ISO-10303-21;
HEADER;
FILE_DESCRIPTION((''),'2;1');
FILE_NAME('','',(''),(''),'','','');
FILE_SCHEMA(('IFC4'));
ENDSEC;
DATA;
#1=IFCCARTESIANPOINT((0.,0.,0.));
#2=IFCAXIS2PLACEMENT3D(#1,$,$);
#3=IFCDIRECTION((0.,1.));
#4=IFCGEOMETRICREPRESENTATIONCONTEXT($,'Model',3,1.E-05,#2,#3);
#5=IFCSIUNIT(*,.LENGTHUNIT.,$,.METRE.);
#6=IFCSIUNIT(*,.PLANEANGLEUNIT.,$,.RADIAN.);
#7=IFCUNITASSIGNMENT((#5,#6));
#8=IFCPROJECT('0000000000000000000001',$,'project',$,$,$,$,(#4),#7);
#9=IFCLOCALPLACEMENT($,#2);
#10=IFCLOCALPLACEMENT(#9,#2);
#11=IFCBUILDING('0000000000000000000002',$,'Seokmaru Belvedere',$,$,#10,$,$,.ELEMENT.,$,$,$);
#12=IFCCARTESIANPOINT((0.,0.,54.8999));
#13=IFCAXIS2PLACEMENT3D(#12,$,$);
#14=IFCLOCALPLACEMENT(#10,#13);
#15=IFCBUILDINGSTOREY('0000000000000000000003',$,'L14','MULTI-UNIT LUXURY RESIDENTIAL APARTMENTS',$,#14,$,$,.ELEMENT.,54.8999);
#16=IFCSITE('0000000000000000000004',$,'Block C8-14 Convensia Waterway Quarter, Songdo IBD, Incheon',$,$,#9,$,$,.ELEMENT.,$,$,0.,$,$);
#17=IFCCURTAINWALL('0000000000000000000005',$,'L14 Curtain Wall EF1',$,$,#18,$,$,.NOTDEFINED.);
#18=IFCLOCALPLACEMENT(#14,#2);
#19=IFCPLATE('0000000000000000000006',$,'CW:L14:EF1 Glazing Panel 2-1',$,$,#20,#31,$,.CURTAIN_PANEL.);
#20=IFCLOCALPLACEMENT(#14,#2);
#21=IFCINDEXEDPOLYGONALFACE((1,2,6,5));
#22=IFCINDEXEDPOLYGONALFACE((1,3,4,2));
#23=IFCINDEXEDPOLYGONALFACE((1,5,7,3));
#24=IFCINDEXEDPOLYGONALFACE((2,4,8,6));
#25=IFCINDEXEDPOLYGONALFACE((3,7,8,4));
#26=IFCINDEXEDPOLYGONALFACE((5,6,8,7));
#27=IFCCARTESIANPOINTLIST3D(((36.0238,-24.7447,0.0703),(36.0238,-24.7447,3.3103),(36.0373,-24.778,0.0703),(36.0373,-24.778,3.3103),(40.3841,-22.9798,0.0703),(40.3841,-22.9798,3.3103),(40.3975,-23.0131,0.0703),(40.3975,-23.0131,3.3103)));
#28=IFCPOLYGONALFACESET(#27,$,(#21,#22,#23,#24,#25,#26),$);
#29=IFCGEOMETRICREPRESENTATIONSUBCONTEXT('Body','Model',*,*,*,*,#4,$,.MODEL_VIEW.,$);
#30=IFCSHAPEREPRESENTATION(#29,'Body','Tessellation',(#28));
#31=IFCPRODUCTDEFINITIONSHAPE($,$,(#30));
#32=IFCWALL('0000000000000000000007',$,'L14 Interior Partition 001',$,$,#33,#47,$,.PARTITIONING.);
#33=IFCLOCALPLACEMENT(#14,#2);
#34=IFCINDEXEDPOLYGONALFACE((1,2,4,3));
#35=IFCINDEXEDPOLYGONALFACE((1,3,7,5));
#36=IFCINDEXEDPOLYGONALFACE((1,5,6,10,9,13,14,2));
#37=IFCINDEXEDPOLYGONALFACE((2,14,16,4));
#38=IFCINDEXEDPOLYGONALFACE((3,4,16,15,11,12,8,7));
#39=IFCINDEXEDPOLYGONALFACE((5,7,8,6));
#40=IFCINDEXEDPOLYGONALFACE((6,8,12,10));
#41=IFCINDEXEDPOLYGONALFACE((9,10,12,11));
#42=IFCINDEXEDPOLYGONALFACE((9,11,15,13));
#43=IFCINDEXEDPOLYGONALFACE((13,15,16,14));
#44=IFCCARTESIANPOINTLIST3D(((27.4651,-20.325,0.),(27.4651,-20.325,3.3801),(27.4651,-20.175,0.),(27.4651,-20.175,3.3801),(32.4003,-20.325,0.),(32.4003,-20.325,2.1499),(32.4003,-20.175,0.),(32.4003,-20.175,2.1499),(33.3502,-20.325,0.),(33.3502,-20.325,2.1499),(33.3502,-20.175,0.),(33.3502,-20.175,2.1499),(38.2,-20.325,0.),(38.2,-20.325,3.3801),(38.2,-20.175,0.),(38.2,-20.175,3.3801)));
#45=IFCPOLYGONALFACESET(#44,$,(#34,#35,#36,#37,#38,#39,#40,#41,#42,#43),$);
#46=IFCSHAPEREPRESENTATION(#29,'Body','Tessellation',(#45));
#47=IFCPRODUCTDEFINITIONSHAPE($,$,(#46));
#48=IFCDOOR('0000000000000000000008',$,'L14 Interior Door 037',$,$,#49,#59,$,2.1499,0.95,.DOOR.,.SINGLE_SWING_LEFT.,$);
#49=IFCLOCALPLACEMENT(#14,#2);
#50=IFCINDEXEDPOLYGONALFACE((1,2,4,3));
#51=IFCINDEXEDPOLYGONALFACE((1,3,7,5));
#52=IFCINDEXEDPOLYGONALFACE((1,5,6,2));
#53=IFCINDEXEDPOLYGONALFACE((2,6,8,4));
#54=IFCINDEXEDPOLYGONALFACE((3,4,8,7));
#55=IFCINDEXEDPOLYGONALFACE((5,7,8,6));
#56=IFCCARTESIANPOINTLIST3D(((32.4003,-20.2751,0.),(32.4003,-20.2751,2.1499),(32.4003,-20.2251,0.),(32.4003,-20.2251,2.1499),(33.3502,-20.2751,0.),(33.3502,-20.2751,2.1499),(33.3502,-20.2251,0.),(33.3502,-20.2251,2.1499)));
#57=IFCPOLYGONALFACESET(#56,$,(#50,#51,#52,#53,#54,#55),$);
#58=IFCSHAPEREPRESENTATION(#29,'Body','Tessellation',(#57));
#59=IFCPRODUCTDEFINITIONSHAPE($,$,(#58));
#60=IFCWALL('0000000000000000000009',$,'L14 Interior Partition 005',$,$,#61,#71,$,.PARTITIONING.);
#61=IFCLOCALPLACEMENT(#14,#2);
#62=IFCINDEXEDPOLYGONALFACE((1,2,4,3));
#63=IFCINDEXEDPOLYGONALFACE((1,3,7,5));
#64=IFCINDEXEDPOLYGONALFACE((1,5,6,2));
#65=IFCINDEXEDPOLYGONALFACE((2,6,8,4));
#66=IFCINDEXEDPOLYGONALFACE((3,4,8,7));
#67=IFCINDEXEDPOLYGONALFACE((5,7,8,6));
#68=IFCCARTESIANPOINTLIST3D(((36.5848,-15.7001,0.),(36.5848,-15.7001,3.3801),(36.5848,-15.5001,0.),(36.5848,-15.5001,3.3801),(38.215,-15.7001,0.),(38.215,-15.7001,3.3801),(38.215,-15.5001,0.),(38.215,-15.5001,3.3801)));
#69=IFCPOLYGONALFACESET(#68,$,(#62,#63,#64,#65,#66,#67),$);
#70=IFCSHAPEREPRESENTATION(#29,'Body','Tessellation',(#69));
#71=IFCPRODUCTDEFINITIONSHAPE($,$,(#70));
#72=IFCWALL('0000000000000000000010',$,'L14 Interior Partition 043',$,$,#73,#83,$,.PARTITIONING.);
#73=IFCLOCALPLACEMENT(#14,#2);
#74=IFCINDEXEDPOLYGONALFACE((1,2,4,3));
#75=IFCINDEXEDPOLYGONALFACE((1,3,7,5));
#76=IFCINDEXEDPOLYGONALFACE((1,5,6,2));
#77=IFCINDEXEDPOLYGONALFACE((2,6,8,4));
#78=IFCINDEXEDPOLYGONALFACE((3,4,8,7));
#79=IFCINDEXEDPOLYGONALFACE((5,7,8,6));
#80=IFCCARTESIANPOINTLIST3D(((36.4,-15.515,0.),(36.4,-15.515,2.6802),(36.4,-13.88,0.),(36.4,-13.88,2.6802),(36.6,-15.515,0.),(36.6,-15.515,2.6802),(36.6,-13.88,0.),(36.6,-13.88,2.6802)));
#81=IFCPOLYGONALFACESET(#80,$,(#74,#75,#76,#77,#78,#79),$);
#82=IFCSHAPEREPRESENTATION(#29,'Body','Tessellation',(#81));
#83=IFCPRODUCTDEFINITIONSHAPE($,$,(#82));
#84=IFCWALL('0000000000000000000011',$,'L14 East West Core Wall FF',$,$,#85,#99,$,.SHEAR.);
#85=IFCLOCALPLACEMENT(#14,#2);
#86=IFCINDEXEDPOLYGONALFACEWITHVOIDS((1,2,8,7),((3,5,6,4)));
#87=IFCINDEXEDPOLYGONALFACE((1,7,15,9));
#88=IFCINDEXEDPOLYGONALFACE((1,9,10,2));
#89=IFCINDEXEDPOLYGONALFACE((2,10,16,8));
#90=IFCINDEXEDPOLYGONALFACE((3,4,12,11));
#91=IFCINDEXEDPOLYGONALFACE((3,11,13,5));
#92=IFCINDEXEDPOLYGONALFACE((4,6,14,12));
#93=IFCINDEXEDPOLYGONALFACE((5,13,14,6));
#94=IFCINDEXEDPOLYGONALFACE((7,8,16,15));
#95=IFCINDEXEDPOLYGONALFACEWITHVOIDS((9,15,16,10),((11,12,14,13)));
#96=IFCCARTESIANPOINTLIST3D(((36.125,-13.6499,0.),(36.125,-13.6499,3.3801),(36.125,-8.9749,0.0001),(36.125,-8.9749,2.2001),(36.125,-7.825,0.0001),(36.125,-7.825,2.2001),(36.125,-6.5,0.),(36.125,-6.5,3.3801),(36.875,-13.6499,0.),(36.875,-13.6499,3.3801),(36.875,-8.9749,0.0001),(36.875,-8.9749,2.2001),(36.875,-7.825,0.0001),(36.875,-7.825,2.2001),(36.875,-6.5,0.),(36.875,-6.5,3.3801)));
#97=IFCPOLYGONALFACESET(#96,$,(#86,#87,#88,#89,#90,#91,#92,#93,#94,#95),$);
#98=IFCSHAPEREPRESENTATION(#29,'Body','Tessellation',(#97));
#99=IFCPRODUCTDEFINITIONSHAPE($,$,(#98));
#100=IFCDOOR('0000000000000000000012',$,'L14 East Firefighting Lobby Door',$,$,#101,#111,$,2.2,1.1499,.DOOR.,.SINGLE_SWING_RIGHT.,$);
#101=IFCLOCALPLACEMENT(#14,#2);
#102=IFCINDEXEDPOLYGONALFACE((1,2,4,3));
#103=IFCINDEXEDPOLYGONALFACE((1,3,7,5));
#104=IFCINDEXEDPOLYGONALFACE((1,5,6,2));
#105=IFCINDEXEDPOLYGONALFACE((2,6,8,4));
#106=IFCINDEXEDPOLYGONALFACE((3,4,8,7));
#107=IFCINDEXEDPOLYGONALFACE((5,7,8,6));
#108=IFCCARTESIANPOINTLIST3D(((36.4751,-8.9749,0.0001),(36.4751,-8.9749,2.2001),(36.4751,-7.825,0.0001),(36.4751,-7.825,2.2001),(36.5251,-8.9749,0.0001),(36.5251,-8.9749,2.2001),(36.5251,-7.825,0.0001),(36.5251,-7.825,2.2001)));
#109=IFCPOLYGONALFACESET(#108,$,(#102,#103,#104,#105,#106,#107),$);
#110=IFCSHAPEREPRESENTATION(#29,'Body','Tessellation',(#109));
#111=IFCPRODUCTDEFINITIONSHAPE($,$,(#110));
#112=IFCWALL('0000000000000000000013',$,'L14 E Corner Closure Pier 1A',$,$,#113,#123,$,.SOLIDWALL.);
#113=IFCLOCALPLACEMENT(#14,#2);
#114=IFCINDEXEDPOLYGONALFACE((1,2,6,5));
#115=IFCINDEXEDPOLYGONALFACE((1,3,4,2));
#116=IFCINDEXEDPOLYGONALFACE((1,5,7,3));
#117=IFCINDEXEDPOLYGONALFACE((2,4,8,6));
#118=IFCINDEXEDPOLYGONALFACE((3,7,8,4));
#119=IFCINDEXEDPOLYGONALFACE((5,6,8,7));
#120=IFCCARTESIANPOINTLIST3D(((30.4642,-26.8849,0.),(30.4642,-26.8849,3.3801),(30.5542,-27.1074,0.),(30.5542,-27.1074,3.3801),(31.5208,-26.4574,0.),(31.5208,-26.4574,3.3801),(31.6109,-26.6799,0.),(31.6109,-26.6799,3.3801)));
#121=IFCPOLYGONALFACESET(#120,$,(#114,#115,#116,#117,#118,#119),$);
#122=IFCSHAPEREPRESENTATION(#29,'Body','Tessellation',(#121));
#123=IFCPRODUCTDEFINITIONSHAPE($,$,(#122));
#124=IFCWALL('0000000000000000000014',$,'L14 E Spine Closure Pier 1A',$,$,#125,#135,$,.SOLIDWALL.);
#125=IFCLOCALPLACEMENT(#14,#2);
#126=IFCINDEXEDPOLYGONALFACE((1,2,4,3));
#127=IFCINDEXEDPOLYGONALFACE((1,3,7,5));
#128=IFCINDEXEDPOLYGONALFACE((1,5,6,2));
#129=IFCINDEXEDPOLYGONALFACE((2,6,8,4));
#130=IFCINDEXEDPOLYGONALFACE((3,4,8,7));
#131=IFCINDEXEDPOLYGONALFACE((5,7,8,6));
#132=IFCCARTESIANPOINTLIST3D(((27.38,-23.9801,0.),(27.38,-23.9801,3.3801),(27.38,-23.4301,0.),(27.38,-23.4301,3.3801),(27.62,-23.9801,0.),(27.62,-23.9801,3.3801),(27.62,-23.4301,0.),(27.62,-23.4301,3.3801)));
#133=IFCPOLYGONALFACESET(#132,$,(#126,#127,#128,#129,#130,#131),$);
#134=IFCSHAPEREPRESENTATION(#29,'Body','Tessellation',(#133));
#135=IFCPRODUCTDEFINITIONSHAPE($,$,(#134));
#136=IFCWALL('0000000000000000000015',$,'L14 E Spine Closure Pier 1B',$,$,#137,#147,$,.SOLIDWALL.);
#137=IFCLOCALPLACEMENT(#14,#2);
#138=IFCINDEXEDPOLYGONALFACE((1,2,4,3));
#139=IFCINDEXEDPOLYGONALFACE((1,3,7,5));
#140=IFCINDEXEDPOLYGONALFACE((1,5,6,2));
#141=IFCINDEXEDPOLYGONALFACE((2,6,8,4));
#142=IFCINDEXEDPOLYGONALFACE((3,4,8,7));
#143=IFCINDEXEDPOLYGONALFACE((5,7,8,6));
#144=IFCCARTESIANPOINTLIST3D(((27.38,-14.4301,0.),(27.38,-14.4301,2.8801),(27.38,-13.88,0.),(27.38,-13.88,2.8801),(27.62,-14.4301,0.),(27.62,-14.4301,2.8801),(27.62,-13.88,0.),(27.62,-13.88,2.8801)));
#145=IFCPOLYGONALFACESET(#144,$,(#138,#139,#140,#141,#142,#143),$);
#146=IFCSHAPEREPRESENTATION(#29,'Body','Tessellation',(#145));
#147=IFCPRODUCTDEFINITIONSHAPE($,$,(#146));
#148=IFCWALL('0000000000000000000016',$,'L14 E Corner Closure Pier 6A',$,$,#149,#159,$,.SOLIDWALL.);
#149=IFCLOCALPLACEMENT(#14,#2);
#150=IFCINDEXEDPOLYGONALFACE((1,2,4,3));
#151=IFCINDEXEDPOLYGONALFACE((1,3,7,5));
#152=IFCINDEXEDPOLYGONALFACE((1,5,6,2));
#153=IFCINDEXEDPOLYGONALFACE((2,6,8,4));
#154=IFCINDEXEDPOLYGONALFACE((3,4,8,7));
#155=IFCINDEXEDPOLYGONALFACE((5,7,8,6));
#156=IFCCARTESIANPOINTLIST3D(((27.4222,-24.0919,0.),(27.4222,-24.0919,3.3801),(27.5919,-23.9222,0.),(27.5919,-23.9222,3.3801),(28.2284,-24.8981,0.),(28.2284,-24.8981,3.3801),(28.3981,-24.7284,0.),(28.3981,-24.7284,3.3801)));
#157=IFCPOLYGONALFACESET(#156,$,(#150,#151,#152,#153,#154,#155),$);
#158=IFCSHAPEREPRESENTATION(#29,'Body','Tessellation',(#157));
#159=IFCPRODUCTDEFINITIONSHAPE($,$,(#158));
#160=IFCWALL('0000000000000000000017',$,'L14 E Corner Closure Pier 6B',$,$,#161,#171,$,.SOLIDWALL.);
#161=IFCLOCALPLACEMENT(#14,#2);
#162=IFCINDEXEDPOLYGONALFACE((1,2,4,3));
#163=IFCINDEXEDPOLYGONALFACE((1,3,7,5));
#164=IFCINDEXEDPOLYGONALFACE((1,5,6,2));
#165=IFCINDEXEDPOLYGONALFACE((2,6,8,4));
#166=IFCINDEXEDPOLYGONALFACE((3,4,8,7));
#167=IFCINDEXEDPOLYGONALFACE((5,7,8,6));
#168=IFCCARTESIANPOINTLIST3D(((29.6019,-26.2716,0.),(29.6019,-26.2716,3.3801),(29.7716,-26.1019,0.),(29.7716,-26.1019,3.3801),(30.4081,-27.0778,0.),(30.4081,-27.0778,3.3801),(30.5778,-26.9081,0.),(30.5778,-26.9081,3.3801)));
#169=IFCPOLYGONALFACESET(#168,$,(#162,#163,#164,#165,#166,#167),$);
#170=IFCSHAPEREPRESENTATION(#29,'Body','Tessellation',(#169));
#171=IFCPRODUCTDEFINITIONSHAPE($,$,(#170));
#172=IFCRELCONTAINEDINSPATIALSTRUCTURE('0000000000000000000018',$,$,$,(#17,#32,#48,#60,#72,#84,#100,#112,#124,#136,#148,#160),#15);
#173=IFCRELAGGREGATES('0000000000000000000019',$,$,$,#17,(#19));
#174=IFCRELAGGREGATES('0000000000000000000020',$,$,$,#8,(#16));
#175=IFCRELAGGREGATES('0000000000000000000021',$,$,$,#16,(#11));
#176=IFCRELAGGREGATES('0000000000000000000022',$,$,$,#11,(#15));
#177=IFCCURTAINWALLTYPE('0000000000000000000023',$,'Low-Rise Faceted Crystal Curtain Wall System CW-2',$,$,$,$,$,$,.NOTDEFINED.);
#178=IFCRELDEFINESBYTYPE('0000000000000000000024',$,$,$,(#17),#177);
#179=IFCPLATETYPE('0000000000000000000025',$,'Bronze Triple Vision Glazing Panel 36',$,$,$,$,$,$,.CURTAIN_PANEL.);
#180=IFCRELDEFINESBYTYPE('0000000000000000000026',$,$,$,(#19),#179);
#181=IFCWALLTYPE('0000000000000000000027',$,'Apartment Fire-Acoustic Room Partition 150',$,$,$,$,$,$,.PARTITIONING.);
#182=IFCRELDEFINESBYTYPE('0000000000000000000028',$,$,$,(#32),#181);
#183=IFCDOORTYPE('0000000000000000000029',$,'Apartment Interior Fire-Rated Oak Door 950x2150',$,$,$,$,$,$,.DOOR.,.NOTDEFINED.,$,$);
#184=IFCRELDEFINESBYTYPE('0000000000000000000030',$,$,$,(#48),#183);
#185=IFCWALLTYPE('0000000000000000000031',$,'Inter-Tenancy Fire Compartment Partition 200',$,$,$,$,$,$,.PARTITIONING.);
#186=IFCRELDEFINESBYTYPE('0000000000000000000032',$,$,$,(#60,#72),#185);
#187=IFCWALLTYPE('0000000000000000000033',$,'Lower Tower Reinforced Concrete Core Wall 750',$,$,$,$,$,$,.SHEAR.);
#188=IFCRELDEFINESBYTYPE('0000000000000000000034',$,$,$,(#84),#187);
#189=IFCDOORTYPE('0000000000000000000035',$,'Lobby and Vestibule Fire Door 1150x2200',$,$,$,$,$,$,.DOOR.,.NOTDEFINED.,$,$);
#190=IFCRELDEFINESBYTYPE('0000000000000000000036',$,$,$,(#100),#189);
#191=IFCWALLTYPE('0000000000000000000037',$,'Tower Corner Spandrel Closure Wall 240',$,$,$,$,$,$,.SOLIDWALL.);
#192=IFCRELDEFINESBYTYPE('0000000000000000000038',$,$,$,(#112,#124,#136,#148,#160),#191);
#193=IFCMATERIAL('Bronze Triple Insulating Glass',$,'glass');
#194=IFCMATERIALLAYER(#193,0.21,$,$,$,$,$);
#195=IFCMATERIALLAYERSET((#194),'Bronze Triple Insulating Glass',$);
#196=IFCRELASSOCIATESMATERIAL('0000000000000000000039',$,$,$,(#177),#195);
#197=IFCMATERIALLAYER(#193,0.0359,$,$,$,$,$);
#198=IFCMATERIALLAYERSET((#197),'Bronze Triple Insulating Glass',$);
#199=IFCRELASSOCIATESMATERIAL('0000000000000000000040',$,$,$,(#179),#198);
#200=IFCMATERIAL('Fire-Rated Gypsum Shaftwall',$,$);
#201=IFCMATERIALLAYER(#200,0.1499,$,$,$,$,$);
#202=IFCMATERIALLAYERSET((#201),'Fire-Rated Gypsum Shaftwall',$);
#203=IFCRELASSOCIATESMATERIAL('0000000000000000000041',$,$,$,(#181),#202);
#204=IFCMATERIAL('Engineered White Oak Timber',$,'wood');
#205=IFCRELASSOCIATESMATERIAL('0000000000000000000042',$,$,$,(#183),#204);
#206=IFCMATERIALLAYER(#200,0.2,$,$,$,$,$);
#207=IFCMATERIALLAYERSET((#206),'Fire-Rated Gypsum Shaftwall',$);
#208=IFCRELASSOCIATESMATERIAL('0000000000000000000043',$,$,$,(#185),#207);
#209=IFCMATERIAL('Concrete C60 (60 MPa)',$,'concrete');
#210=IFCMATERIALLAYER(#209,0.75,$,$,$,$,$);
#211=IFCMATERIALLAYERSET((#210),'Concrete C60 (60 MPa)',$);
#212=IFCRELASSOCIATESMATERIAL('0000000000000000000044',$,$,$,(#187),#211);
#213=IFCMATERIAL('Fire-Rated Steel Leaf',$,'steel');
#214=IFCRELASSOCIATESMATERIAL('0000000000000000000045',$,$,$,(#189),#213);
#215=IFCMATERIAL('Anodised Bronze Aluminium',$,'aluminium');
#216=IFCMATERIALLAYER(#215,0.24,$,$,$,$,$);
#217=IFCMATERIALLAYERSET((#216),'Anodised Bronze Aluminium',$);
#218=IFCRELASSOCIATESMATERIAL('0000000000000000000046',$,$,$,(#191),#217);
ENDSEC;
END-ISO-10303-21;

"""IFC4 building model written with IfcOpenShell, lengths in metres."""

from ifc_helpers import new_model, si_unit, direction, frame, frame_2d, origin, origin_2d, place, context, subcontext, project, spatial, rectangle, extrude, source, transform, mapped, material, layer, layer_set, type_object, type_shapes, element, fill, aggregate, save


model = new_model("IFC4")

# Units and contexts
model_context = context("Model", 3, precision=1e-05, world=origin(), true_north=direction((0.0, 1.0)))
body_context = subcontext(model_context, "Body", "Model", "MODEL_VIEW")
ifc_project = project(units=[si_unit("LENGTHUNIT", "METRE"), si_unit("PLANEANGLEUNIT", "RADIAN")], contexts=[model_context])

# Site, building, storey
site_placement = place(None, origin())
site = spatial("IfcSite", under=ifc_project, at=site_placement, Name="Block C8-14 Convensia Waterway Quarter, Songdo IBD, Incheon", CompositionType="ELEMENT", RefElevation=0.0)
building_placement = place(site_placement, origin())
building = spatial("IfcBuilding", under=site, at=building_placement, Name="Seokmaru Belvedere", CompositionType="ELEMENT")
storey_placement = place(building_placement, frame((0.0, 0.0, 54.8999)))
storey = spatial("IfcBuildingStorey", under=building, at=storey_placement, Name="L14", Description="MULTI-UNIT LUXURY RESIDENTIAL APARTMENTS", CompositionType="ELEMENT", Elevation=54.8999)

# Curtain wall
ifc_material_1 = material(Name="Bronze Triple Insulating Glass", Category="glass")
ifc_layer_1 = layer(ifc_material_1, 0.21)
ifc_layer_set_1 = layer_set([ifc_layer_1], Name="Bronze Triple Insulating Glass")
curtain_wall_type = type_object("IfcCurtainWallType", Name="Low-Rise Faceted Crystal Curtain Wall System CW-2", PredefinedType="NOTDEFINED", material=ifc_layer_set_1)
curtain_wall_1_placement = place(storey_placement, origin())
curtain_wall_1 = element("IfcCurtainWall", 1, at=curtain_wall_1_placement, inside=storey, type_object=curtain_wall_type, Name="L14 Curtain Wall EF1", PredefinedType="NOTDEFINED")
ifc_material_2 = material(Name="Anodised Bronze Aluminium", Category="aluminium")

# Plate
ifc_layer_2 = layer(ifc_material_1, 0.0359)
ifc_layer_set_2 = layer_set([ifc_layer_2], Name="Bronze Triple Insulating Glass")
plate_type = type_object("IfcPlateType", Name="Bronze Triple Vision Glazing Panel 36", PredefinedType="CURTAIN_PANEL", material=ifc_layer_set_2)
shared_shape_1 = source(origin(), body_context, "Body", "SweptSolid", [
    extrude(rectangle(XDim=4.7039, YDim=0.0359, at=origin_2d()), origin(), (0.0, 0.0, 1.0), 3.24),
])
plate_1_placement = place(storey_placement, frame((38.2107, -23.8789, 0.0703), z_axis=(0.0, 0.0, 1.0), x_axis=(0.926947, 0.375192, 0.0)))
plate_1 = element("IfcPlate", 2, at=plate_1_placement, type_object=plate_type, Name="CW:L14:EF1 Glazing Panel 2-1", PredefinedType="CURTAIN_PANEL", context=body_context, shape_type="MappedRepresentation", body=[
    mapped(shared_shape_1, transform((0.0, 0.0, 0.0), scale=1.0)),
])
aggregate(curtain_wall_1, [plate_1])

# Wall, opening, door
ifc_material_3 = material(Name="Fire-Rated Gypsum Shaftwall")
ifc_layer_3 = layer(ifc_material_3, 0.1499)
ifc_layer_set_3 = layer_set([ifc_layer_3], Name="Fire-Rated Gypsum Shaftwall")
wall_type_1 = type_object("IfcWallType", Name="Apartment Fire-Acoustic Room Partition 150", PredefinedType="PARTITIONING", material=ifc_layer_set_3)
wall_1_placement = place(storey_placement, frame((27.4651, -20.25, 0.0), z_axis=(0.0, 0.0, 1.0), x_axis=(1.0, 0.0, 0.0)))
wall_1 = element("IfcWall", 3, at=wall_1_placement, inside=storey, type_object=wall_type_1, Name="L14 Interior Partition 001", PredefinedType="PARTITIONING", context=body_context, shape_type="SweptSolid", body=[
    extrude(rectangle(XDim=10.7349, YDim=0.1499, at=frame_2d((5.3674, 0.0))), origin(), (0.0, 0.0, 1.0), 3.3801),
])
opening_1_placement = place(wall_1_placement, frame((4.9351, 0.0, 0.0)))
opening_1 = element("IfcOpeningElement", 4, at=opening_1_placement, cuts=wall_1, PredefinedType="OPENING", context=body_context, shape_type="SweptSolid", body=[
    extrude(rectangle(XDim=0.95, YDim=2.1499, at=frame_2d((0.4751, 1.075))), frame((0.0, 0.085, 0.0), z_axis=(0.0, -1.0, 0.0), x_axis=(1.0, 0.0, 0.0)), (0.0, 0.0, 1.0), 0.1699),
])
ifc_material_4 = material(Name="Engineered White Oak Timber", Category="wood")
door_type_1 = type_object("IfcDoorType", Name="Apartment Interior Fire-Rated Oak Door 950x2150", OperationType="NOTDEFINED", PredefinedType="DOOR", material=ifc_material_4)
shared_shape_2 = source(origin(), body_context, "Body", "SweptSolid", [
    extrude(rectangle(XDim=0.95, YDim=2.1499, at=frame_2d((0.4751, 1.075))), frame((0.0, 0.0249, 0.0), z_axis=(0.0, -1.0, 0.0), x_axis=(1.0, 0.0, 0.0)), (0.0, 0.0, 1.0), 0.05),
])
type_shapes(door_type_1, [shared_shape_2])
door_1_placement = place(opening_1_placement, origin())
door_1 = element("IfcDoor", 5, at=door_1_placement, inside=storey, type_object=door_type_1, Name="L14 Interior Door 037", OperationType="SINGLE_SWING_LEFT", OverallHeight=2.1499, OverallWidth=0.95, PredefinedType="DOOR", context=body_context, shape_type="MappedRepresentation", body=[
    mapped(shared_shape_2, transform((0.0, 0.0, 0.0), scale=1.0)),
])
fill(opening_1, door_1)

# Walls
ifc_layer_4 = layer(ifc_material_3, 0.2)
ifc_layer_set_4 = layer_set([ifc_layer_4], Name="Fire-Rated Gypsum Shaftwall")
wall_type_2 = type_object("IfcWallType", Name="Inter-Tenancy Fire Compartment Partition 200", PredefinedType="PARTITIONING", material=ifc_layer_set_4)
wall_2_placement = place(storey_placement, frame((36.585, -15.6001, 0.0), z_axis=(0.0, 0.0, 1.0), x_axis=(1.0, 0.0, 0.0)))
element("IfcWall", 6, at=wall_2_placement, inside=storey, type_object=wall_type_2, Name="L14 Interior Partition 005", PredefinedType="PARTITIONING", context=body_context, shape_type="SweptSolid", body=[
    extrude(rectangle(XDim=1.6301, YDim=0.2, at=frame_2d((0.8149, 0.0))), origin(), (0.0, 0.0, 1.0), 3.3801),
])
wall_3_placement = place(storey_placement, frame((36.5, -15.5149, 0.0), z_axis=(0.0, 0.0, 1.0), x_axis=(0.0, 1.0, 0.0)))
element("IfcWall", 7, at=wall_3_placement, inside=storey, type_object=wall_type_2, Name="L14 Interior Partition 043", PredefinedType="PARTITIONING", context=body_context, shape_type="SweptSolid", body=[
    extrude(rectangle(XDim=1.635, YDim=0.2, at=frame_2d((0.8174, 0.0))), origin(), (0.0, 0.0, 1.0), 2.6802),
])

# Wall, opening, door
ifc_material_5 = material(Name="Concrete C60 (60 MPa)", Category="concrete")
ifc_layer_5 = layer(ifc_material_5, 0.75)
ifc_layer_set_5 = layer_set([ifc_layer_5], Name="Concrete C60 (60 MPa)")
wall_type_3 = type_object("IfcWallType", Name="Lower Tower Reinforced Concrete Core Wall 750", PredefinedType="SHEAR", material=ifc_layer_set_5)
wall_4_placement = place(storey_placement, frame((36.5, -13.6499, 0.0), z_axis=(0.0, 0.0, 1.0), x_axis=(0.0, 1.0, 0.0)))
wall_4 = element("IfcWall", 8, at=wall_4_placement, inside=storey, type_object=wall_type_3, Name="L14 East West Core Wall FF", PredefinedType="SHEAR", context=body_context, shape_type="SweptSolid", body=[
    extrude(rectangle(XDim=7.1499, YDim=0.75, at=frame_2d((3.575, 0.0))), origin(), (0.0, 0.0, 1.0), 3.3801),
])
opening_2_placement = place(wall_4_placement, frame((4.675, 0.0, 0.0)))
opening_2 = element("IfcOpeningElement", 9, at=opening_2_placement, cuts=wall_4, PredefinedType="OPENING", context=body_context, shape_type="SweptSolid", body=[
    extrude(rectangle(XDim=1.1499, YDim=2.2, at=frame_2d((0.575, 1.1001))), frame((0.0, 0.385, 0.0), z_axis=(0.0, -1.0, 0.0), x_axis=(1.0, 0.0, 0.0)), (0.0, 0.0, 1.0), 0.77),
])
ifc_material_6 = material(Name="Fire-Rated Steel Leaf", Category="steel")
door_type_2 = type_object("IfcDoorType", Name="Lobby and Vestibule Fire Door 1150x2200", OperationType="NOTDEFINED", PredefinedType="DOOR", material=ifc_material_6)
shared_shape_3 = source(origin(), body_context, "Body", "SweptSolid", [
    extrude(rectangle(XDim=1.1499, YDim=2.2, at=frame_2d((0.575, 1.1001))), frame((0.0, 0.0249, 0.0), z_axis=(0.0, -1.0, 0.0), x_axis=(1.0, 0.0, 0.0)), (0.0, 0.0, 1.0), 0.05),
])
type_shapes(door_type_2, [shared_shape_3])
door_2_placement = place(opening_2_placement, origin())
door_2 = element("IfcDoor", 10, at=door_2_placement, inside=storey, type_object=door_type_2, Name="L14 East Firefighting Lobby Door", OperationType="SINGLE_SWING_RIGHT", OverallHeight=2.2, OverallWidth=1.1499, PredefinedType="DOOR", context=body_context, shape_type="MappedRepresentation", body=[
    mapped(shared_shape_3, transform((0.0, 0.0, 0.0), scale=1.0)),
])
fill(opening_2, door_2)

# Walls
ifc_layer_6 = layer(ifc_material_2, 0.24)
ifc_layer_set_6 = layer_set([ifc_layer_6], Name="Anodised Bronze Aluminium")
wall_type_4 = type_object("IfcWallType", Name="Tower Corner Spandrel Closure Wall 240", PredefinedType="SOLIDWALL", material=ifc_layer_set_6)
wall_5_placement = place(storey_placement, frame((30.5093, -26.9961, 0.0), z_axis=(0.0, 0.0, 1.0), x_axis=(0.927007, 0.375044, 0.0)))
element("IfcWall", 11, at=wall_5_placement, inside=storey, type_object=wall_type_4, Name="L14 E Corner Closure Pier 1A", PredefinedType="SOLIDWALL", context=body_context, shape_type="SweptSolid", body=[
    extrude(rectangle(XDim=1.1399, YDim=0.24, at=frame_2d((0.5698, 0.0))), origin(), (0.0, 0.0, 1.0), 3.3801),
])
wall_6_placement = place(storey_placement, frame((27.5, -23.98, 0.0), z_axis=(0.0, 0.0, 1.0), x_axis=(0.0, 1.0, 0.0)))
element("IfcWall", 12, at=wall_6_placement, inside=storey, type_object=wall_type_4, Name="L14 E Spine Closure Pier 1A", PredefinedType="SOLIDWALL", context=body_context, shape_type="SweptSolid", body=[
    extrude(rectangle(XDim=0.55, YDim=0.24, at=frame_2d((0.2749, 0.0))), origin(), (0.0, 0.0, 1.0), 3.3801),
])
wall_7_placement = place(storey_placement, frame((27.5, -14.4299, 0.0), z_axis=(0.0, 0.0, 1.0), x_axis=(0.0, 1.0, 0.0)))
element("IfcWall", 13, at=wall_7_placement, inside=storey, type_object=wall_type_4, Name="L14 E Spine Closure Pier 1B", PredefinedType="SOLIDWALL", context=body_context, shape_type="SweptSolid", body=[
    extrude(rectangle(XDim=0.55, YDim=0.24, at=frame_2d((0.2749, 0.0))), origin(), (0.0, 0.0, 1.0), 2.8801),
])
for number, where, z_axis, x_axis, name in (
    (14, (27.5071, -24.0071, 0.0), (0.0, 0.0, 1.0), (0.707107, -0.707107, 0.0), "L14 E Corner Closure Pier 6A"),
    (15, (29.6868, -26.1868, 0.0), (0.0, 0.0, 1.0), (0.707107, -0.707107, 0.0), "L14 E Corner Closure Pier 6B"),
):
    element("IfcWall", number, at=place(storey_placement, frame(where, z_axis=z_axis, x_axis=x_axis)), inside=storey, type_object=wall_type_4, Name=name, PredefinedType="SOLIDWALL", context=body_context, shape_type="SweptSolid", body=[
        extrude(rectangle(XDim=1.1401, YDim=0.24, at=frame_2d((0.5701, 0.0))), origin(), (0.0, 0.0, 1.0), 3.3801),
    ])

save(model, "model.ifc")
